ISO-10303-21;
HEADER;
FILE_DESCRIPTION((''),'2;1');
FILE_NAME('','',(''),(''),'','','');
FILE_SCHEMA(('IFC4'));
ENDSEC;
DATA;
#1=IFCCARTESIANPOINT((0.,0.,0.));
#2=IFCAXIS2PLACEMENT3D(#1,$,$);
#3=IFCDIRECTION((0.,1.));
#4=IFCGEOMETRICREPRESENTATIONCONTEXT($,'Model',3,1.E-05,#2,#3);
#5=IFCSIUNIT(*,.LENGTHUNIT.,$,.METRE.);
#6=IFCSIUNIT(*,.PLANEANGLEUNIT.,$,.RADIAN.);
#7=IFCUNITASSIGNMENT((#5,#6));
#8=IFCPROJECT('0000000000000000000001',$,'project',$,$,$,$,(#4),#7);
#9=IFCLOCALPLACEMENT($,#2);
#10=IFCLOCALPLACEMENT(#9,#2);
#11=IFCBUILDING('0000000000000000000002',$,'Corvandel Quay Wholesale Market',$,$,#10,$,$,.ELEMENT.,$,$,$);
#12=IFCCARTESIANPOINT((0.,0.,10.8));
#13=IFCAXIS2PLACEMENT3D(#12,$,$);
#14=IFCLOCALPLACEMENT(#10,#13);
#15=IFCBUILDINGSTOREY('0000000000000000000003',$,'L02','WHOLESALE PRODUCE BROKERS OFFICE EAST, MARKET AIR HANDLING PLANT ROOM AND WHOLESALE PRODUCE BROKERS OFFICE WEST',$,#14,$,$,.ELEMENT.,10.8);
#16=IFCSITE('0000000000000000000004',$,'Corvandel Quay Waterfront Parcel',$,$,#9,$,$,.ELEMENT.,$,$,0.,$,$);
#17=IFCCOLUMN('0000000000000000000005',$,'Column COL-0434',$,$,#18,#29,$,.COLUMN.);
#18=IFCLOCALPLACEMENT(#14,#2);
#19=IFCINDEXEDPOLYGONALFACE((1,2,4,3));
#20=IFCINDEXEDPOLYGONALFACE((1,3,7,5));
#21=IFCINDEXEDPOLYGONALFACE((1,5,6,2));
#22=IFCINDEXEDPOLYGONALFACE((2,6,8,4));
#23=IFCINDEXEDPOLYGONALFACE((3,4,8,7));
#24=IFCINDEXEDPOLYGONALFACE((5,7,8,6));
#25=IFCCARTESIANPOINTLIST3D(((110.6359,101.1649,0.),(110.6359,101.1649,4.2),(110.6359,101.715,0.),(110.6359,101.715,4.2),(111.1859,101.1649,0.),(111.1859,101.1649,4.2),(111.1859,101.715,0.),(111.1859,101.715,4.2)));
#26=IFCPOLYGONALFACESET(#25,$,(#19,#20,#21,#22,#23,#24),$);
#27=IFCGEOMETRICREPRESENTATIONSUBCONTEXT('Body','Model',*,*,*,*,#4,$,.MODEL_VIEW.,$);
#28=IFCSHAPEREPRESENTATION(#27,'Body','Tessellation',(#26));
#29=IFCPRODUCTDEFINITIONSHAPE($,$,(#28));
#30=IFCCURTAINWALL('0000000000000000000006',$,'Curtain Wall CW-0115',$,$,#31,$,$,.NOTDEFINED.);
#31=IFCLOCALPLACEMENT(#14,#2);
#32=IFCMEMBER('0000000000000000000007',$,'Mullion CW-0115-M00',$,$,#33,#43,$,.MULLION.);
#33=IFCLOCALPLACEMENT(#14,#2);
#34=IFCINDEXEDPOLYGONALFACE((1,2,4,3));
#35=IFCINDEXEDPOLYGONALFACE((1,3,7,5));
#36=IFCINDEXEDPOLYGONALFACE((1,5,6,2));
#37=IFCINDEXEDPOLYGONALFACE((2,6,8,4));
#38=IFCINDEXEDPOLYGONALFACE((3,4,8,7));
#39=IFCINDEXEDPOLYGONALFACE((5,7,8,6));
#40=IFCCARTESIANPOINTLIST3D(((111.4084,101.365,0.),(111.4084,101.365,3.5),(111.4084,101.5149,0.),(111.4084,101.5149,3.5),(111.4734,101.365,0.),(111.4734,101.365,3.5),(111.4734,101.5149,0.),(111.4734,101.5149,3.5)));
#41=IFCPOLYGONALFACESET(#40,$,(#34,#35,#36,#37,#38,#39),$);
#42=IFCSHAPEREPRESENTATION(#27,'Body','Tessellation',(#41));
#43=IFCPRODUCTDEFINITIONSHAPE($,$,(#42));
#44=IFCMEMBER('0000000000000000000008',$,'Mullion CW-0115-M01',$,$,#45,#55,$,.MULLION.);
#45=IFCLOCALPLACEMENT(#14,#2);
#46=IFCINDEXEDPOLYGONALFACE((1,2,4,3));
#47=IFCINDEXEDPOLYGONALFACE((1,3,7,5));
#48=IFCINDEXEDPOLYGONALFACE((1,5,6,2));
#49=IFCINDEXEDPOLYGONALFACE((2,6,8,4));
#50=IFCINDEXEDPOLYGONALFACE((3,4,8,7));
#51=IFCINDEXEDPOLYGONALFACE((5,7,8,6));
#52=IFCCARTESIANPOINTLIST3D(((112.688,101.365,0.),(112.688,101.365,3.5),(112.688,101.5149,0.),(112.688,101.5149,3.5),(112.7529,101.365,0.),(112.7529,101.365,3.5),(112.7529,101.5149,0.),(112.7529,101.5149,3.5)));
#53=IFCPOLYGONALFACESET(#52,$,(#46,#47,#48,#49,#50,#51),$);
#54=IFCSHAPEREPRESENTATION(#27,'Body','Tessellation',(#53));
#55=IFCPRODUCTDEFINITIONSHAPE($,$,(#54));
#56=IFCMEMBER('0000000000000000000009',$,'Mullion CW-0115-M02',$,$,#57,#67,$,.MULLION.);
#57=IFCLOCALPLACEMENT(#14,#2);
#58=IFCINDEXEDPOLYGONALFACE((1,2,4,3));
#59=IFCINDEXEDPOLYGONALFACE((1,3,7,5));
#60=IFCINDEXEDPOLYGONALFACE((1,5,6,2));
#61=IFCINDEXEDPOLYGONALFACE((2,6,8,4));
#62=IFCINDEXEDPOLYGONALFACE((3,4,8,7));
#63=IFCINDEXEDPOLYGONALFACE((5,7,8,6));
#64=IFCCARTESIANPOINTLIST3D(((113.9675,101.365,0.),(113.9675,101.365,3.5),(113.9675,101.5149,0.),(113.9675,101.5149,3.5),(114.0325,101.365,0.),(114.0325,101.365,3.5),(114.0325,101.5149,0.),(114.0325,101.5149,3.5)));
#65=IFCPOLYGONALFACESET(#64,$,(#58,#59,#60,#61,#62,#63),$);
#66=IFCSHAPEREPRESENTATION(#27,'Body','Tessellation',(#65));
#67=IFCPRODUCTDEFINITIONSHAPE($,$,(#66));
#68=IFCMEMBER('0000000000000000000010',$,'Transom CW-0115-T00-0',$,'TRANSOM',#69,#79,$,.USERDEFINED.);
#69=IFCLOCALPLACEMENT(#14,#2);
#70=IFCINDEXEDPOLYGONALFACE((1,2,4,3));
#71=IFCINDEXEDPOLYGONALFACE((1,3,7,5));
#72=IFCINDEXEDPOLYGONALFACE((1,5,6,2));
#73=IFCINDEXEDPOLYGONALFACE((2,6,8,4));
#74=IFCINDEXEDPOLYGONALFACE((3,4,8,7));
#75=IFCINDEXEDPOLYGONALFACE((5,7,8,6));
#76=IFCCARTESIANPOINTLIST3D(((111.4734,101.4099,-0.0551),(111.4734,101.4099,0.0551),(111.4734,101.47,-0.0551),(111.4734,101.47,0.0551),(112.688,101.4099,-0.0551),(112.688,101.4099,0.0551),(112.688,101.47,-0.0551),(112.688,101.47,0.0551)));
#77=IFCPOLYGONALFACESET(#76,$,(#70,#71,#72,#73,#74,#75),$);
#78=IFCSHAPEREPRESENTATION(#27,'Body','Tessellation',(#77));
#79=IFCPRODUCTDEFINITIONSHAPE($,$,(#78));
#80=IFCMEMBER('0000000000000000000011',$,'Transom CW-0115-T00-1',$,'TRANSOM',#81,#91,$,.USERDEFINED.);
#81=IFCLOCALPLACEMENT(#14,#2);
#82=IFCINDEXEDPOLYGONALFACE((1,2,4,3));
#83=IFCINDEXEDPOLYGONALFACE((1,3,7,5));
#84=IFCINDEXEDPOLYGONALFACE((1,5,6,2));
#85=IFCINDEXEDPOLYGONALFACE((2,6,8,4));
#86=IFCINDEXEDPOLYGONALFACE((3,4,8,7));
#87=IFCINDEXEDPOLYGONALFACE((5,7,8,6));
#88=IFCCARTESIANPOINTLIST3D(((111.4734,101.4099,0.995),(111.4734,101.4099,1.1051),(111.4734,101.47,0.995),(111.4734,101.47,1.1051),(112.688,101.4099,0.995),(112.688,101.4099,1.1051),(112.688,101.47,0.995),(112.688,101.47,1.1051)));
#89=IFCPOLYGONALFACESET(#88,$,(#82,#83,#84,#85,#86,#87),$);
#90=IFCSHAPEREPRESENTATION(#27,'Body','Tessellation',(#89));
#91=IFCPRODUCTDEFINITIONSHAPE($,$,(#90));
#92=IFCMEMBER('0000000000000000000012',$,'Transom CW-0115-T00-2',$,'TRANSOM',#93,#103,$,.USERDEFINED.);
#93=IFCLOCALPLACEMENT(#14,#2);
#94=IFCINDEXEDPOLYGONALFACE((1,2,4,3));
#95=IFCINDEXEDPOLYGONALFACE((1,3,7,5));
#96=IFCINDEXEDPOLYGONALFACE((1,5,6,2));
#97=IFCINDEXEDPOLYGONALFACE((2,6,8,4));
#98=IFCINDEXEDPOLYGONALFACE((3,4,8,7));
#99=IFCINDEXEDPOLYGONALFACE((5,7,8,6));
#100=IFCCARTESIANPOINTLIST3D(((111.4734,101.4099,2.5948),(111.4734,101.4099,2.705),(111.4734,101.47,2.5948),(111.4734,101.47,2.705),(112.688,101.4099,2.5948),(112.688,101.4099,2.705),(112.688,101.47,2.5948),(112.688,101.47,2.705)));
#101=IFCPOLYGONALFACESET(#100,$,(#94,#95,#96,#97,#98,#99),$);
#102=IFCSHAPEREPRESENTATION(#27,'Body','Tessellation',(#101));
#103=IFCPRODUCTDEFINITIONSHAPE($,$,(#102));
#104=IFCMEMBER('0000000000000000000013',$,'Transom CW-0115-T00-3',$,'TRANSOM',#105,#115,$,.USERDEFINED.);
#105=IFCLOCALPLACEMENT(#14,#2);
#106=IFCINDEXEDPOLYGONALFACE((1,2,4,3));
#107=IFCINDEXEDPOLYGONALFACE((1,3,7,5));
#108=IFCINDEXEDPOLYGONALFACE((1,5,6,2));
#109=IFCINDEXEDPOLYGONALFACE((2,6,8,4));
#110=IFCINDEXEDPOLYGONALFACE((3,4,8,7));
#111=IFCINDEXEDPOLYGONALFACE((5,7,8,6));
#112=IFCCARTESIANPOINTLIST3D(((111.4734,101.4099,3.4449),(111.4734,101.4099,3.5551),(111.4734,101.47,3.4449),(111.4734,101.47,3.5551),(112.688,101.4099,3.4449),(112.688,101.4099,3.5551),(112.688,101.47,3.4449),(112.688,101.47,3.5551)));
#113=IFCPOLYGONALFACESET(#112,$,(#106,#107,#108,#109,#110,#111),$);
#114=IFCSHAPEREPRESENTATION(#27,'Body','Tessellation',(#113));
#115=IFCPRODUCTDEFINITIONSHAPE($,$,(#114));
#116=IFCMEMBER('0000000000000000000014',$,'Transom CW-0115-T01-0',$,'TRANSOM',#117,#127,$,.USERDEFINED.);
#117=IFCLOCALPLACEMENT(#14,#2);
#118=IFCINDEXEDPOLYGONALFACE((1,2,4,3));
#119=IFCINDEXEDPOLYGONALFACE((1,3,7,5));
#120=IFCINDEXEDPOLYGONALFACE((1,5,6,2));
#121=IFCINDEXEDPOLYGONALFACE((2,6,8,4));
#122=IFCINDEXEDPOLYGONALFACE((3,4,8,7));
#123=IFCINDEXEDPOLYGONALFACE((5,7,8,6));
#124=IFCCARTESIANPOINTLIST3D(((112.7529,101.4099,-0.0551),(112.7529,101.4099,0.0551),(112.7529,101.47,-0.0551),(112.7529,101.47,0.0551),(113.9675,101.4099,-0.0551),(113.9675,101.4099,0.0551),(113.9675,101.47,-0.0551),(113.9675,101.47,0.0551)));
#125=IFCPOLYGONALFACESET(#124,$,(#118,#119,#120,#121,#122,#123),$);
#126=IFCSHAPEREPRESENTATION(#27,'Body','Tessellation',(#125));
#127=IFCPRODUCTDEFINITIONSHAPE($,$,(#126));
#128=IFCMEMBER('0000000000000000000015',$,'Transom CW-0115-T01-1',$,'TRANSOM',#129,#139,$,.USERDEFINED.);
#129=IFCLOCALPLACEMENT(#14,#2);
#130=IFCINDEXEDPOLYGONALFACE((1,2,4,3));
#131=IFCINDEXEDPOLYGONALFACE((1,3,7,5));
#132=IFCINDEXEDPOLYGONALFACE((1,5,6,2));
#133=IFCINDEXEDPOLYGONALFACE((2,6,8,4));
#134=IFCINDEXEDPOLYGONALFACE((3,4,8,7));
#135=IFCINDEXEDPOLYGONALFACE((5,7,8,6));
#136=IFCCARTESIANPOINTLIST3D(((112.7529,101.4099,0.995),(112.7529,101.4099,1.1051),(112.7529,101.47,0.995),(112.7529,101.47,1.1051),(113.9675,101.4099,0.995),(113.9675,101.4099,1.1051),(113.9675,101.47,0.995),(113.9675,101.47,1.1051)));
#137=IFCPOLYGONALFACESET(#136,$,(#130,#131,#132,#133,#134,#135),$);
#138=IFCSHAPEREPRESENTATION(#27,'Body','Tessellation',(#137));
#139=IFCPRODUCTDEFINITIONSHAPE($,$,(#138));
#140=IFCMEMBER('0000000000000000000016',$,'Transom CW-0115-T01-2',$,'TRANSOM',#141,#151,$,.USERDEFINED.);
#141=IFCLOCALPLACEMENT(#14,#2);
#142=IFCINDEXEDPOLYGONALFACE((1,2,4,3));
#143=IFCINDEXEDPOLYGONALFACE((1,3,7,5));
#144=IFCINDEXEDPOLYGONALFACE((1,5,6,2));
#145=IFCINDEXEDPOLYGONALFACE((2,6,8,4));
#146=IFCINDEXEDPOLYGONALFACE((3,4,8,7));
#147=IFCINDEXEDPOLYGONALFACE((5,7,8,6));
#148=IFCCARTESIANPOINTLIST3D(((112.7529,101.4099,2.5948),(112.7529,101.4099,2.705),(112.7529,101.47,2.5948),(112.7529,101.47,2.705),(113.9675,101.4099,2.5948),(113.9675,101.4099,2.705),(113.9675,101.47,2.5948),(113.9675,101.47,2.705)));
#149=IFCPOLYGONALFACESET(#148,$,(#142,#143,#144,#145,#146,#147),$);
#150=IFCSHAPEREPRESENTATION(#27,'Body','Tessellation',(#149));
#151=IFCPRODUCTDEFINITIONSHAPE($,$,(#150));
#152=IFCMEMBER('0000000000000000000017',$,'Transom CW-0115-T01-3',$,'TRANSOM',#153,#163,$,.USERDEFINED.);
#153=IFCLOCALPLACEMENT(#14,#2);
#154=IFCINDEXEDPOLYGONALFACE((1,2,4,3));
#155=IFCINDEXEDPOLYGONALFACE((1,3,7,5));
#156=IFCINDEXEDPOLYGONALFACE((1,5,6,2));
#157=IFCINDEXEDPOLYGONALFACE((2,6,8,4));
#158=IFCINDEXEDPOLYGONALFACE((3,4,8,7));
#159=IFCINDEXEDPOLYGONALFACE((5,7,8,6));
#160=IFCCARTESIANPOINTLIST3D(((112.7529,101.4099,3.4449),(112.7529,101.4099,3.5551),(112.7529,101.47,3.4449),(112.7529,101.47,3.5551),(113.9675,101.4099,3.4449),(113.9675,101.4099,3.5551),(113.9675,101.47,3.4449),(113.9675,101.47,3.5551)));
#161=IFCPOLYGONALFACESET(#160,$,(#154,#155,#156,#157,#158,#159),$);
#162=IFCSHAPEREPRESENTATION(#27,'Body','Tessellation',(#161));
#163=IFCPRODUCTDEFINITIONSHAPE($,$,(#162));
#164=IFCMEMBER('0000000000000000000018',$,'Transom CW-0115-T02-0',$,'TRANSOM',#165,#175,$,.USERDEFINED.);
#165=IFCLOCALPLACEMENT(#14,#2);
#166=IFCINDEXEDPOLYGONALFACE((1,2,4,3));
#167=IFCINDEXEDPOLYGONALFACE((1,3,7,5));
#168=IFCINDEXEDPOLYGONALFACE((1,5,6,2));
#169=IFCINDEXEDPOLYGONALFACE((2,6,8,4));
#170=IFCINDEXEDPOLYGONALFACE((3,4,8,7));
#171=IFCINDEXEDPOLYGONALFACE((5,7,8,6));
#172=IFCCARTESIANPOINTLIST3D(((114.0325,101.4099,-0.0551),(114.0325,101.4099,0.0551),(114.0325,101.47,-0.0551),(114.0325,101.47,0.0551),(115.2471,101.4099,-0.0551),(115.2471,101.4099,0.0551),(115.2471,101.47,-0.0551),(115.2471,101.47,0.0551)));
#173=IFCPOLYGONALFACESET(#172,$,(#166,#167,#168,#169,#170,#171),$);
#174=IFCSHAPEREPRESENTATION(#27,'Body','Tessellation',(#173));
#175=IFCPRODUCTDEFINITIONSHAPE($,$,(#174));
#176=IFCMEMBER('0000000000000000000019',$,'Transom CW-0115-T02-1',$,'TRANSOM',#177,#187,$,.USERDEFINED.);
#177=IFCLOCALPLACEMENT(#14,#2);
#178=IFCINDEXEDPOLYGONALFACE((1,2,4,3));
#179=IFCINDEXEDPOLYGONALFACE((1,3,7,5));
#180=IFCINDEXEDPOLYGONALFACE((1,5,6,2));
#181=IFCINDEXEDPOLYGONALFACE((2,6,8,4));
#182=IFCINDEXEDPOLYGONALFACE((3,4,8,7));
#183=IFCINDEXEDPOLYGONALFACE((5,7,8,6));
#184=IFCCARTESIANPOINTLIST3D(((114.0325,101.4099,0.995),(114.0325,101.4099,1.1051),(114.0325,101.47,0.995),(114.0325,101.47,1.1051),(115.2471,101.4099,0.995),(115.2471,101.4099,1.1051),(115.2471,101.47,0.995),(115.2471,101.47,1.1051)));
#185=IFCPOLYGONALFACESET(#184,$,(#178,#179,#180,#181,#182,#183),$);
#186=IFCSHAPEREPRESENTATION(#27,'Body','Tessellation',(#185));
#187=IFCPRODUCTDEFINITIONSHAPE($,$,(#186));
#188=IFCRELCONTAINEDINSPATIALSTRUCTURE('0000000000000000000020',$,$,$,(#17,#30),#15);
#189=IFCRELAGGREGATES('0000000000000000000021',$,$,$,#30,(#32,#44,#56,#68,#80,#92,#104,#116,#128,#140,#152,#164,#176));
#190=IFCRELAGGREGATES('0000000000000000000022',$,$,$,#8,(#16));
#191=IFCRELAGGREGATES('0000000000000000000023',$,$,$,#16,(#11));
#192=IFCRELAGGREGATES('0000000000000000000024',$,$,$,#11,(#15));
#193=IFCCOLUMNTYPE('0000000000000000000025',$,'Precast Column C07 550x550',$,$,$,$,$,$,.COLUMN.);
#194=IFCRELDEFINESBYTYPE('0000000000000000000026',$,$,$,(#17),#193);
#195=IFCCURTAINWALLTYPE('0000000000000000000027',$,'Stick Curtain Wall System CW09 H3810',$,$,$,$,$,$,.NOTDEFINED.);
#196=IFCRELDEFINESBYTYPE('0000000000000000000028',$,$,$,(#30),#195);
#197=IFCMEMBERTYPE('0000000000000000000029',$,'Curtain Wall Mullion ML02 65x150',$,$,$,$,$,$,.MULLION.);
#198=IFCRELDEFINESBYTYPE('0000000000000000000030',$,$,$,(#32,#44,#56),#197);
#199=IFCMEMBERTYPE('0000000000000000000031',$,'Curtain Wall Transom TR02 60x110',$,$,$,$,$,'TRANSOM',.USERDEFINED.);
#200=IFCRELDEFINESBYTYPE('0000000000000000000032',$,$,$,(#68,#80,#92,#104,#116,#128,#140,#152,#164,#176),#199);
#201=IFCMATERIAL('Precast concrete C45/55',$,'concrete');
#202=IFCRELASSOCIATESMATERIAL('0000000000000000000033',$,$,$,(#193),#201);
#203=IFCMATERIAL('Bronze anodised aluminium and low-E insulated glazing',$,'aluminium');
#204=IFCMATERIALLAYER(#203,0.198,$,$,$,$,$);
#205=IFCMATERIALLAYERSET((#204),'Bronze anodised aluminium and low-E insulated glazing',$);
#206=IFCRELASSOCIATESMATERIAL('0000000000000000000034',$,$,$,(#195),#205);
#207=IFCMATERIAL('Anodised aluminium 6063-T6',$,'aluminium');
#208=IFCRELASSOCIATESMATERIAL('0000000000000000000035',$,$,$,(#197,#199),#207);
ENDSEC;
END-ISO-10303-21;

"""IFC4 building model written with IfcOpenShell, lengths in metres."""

from ifc_helpers import new_model, si_unit, direction, frame, origin, origin_2d, place, context, subcontext, project, spatial, rectangle, extrude, material, layer, layer_set, material_profile, profile_set, type_object, element, aggregate, save


model = new_model("IFC4")

# Units and contexts
model_context = context("Model", 3, precision=1e-05, world=origin(), true_north=direction((0.0, 1.0)))
body_context = subcontext(model_context, "Body", "Model", "MODEL_VIEW")
ifc_project = project(units=[si_unit("LENGTHUNIT", "METRE"), si_unit("PLANEANGLEUNIT", "RADIAN")], contexts=[model_context])

# Site, building, storey
site_placement = place(None, origin())
site = spatial("IfcSite", under=ifc_project, at=site_placement, Name="Corvandel Quay Waterfront Parcel", CompositionType="ELEMENT", RefElevation=0.0)
building_placement = place(site_placement, origin())
building = spatial("IfcBuilding", under=site, at=building_placement, Name="Corvandel Quay Wholesale Market", CompositionType="ELEMENT")
storey_placement = place(building_placement, frame((0.0, 0.0, 10.8)))
storey = spatial("IfcBuildingStorey", under=building, at=storey_placement, Name="L02", Description="WHOLESALE PRODUCE BROKERS OFFICE EAST, MARKET AIR HANDLING PLANT ROOM AND WHOLESALE PRODUCE BROKERS OFFICE WEST", CompositionType="ELEMENT", Elevation=10.8)

# Column
ifc_material_1 = material(Name="Precast concrete C45/55", Category="concrete")
ifc_material_profile_1 = material_profile(ifc_material_1, rectangle(XDim=0.55, YDim=0.55, at=origin_2d()), Name="PC-COL-550x550")
ifc_profile_set_1 = profile_set([ifc_material_profile_1], Name="Precast concrete C45/55")
column_type = type_object("IfcColumnType", Name="Precast Column C07 550x550", PredefinedType="COLUMN", material=ifc_profile_set_1)
column_placement = place(storey_placement, frame((110.9109, 101.4399, 0.0), z_axis=(0.0, 0.0, 1.0), x_axis=(1.0, 0.0, 0.0)))
element("IfcColumn", 1, at=column_placement, inside=storey, type_object=column_type, Name="Column COL-0434", PredefinedType="COLUMN", context=body_context, shape_type="SweptSolid", body=[
    extrude(rectangle(XDim=0.55, YDim=0.55, at=origin_2d()), origin(), (0.0, 0.0, 1.0), 4.2),
])

# Curtain wall, members
ifc_material_2 = material(Name="Bronze anodised aluminium and low-E insulated glazing", Category="aluminium")
ifc_layer_1 = layer(ifc_material_2, 0.198)
ifc_layer_set_1 = layer_set([ifc_layer_1], Name="Bronze anodised aluminium and low-E insulated glazing")
curtain_wall_type = type_object("IfcCurtainWallType", Name="Stick Curtain Wall System CW09 H3810", PredefinedType="NOTDEFINED", material=ifc_layer_set_1)
curtain_wall_placement = place(storey_placement, origin())
curtain_wall = element("IfcCurtainWall", 2, at=curtain_wall_placement, inside=storey, type_object=curtain_wall_type, Name="Curtain Wall CW-0115", PredefinedType="NOTDEFINED")
ifc_material_3 = material(Name="Anodised aluminium 6063-T6", Category="aluminium")
ifc_material_profile_2 = material_profile(ifc_material_3, rectangle(XDim=0.0649, YDim=0.1499, at=origin_2d()), Name="ALU-MUL-65x150")
ifc_profile_set_2 = profile_set([ifc_material_profile_2], Name="Anodised aluminium 6063-T6")
member_type_1 = type_object("IfcMemberType", Name="Curtain Wall Mullion ML02 65x150", PredefinedType="MULLION", material=ifc_profile_set_2)
member_1_placement = place(storey_placement, frame((111.4409, 101.4399, 0.0), z_axis=(0.0, 0.0, 1.0), x_axis=(1.0, 0.0, 0.0)))
member_1 = element("IfcMember", 3, at=member_1_placement, type_object=member_type_1, Name="Mullion CW-0115-M00", PredefinedType="MULLION", context=body_context, shape_type="SweptSolid", body=[
    extrude(rectangle(XDim=0.0649, YDim=0.1499, at=origin_2d()), origin(), (0.0, 0.0, 1.0), 3.5),
])
member_2_placement = place(storey_placement, frame((112.7205, 101.4399, 0.0), z_axis=(0.0, 0.0, 1.0), x_axis=(1.0, 0.0, 0.0)))
member_2 = element("IfcMember", 4, at=member_2_placement, type_object=member_type_1, Name="Mullion CW-0115-M01", PredefinedType="MULLION", context=body_context, shape_type="SweptSolid", body=[
    extrude(rectangle(XDim=0.0649, YDim=0.1499, at=origin_2d()), origin(), (0.0, 0.0, 1.0), 3.5),
])
member_3_placement = place(storey_placement, frame((114.0, 101.4399, 0.0), z_axis=(0.0, 0.0, 1.0), x_axis=(1.0, 0.0, 0.0)))
member_3 = element("IfcMember", 5, at=member_3_placement, type_object=member_type_1, Name="Mullion CW-0115-M02", PredefinedType="MULLION", context=body_context, shape_type="SweptSolid", body=[
    extrude(rectangle(XDim=0.0649, YDim=0.1499, at=origin_2d()), origin(), (0.0, 0.0, 1.0), 3.5),
])
ifc_material_profile_3 = material_profile(ifc_material_3, rectangle(XDim=0.0601, YDim=0.1101, at=origin_2d()), Name="ALU-TRN-60x110")
ifc_profile_set_3 = profile_set([ifc_material_profile_3], Name="Anodised aluminium 6063-T6")
member_type_2 = type_object("IfcMemberType", Name="Curtain Wall Transom TR02 60x110", ElementType="TRANSOM", PredefinedType="USERDEFINED", material=ifc_profile_set_3)
member_4_placement = place(storey_placement, frame((111.4734, 101.4399, 0.0), z_axis=(1.0, 0.0, 0.0), x_axis=(0.0, 1.0, 0.0)))
member_4 = element("IfcMember", 6, at=member_4_placement, type_object=member_type_2, Name="Transom CW-0115-T00-0", ObjectType="TRANSOM", PredefinedType="USERDEFINED", context=body_context, shape_type="SweptSolid", body=[
    extrude(rectangle(XDim=0.0601, YDim=0.1101, at=origin_2d()), origin(), (0.0, 0.0, 1.0), 1.2146),
])
member_5_placement = place(storey_placement, frame((111.4734, 101.4399, 1.05), z_axis=(1.0, 0.0, 0.0), x_axis=(0.0, 1.0, 0.0)))
member_5 = element("IfcMember", 7, at=member_5_placement, type_object=member_type_2, Name="Transom CW-0115-T00-1", ObjectType="TRANSOM", PredefinedType="USERDEFINED", context=body_context, shape_type="SweptSolid", body=[
    extrude(rectangle(XDim=0.0601, YDim=0.1101, at=origin_2d()), origin(), (0.0, 0.0, 1.0), 1.2146),
])
member_6_placement = place(storey_placement, frame((111.4734, 101.4399, 2.6499), z_axis=(1.0, 0.0, 0.0), x_axis=(0.0, 1.0, 0.0)))
member_6 = element("IfcMember", 8, at=member_6_placement, type_object=member_type_2, Name="Transom CW-0115-T00-2", ObjectType="TRANSOM", PredefinedType="USERDEFINED", context=body_context, shape_type="SweptSolid", body=[
    extrude(rectangle(XDim=0.0601, YDim=0.1101, at=origin_2d()), origin(), (0.0, 0.0, 1.0), 1.2146),
])
member_7_placement = place(storey_placement, frame((111.4734, 101.4399, 3.5), z_axis=(1.0, 0.0, 0.0), x_axis=(0.0, 1.0, 0.0)))
member_7 = element("IfcMember", 9, at=member_7_placement, type_object=member_type_2, Name="Transom CW-0115-T00-3", ObjectType="TRANSOM", PredefinedType="USERDEFINED", context=body_context, shape_type="SweptSolid", body=[
    extrude(rectangle(XDim=0.0601, YDim=0.1101, at=origin_2d()), origin(), (0.0, 0.0, 1.0), 1.2146),
])
member_8_placement = place(storey_placement, frame((112.7529, 101.4399, 0.0), z_axis=(1.0, 0.0, 0.0), x_axis=(0.0, 1.0, 0.0)))
member_8 = element("IfcMember", 10, at=member_8_placement, type_object=member_type_2, Name="Transom CW-0115-T01-0", ObjectType="TRANSOM", PredefinedType="USERDEFINED", context=body_context, shape_type="SweptSolid", body=[
    extrude(rectangle(XDim=0.0601, YDim=0.1101, at=origin_2d()), origin(), (0.0, 0.0, 1.0), 1.2146),
])
member_9_placement = place(storey_placement, frame((112.7529, 101.4399, 1.05), z_axis=(1.0, 0.0, 0.0), x_axis=(0.0, 1.0, 0.0)))
member_9 = element("IfcMember", 11, at=member_9_placement, type_object=member_type_2, Name="Transom CW-0115-T01-1", ObjectType="TRANSOM", PredefinedType="USERDEFINED", context=body_context, shape_type="SweptSolid", body=[
    extrude(rectangle(XDim=0.0601, YDim=0.1101, at=origin_2d()), origin(), (0.0, 0.0, 1.0), 1.2146),
])
member_10_placement = place(storey_placement, frame((112.7529, 101.4399, 2.6499), z_axis=(1.0, 0.0, 0.0), x_axis=(0.0, 1.0, 0.0)))
member_10 = element("IfcMember", 12, at=member_10_placement, type_object=member_type_2, Name="Transom CW-0115-T01-2", ObjectType="TRANSOM", PredefinedType="USERDEFINED", context=body_context, shape_type="SweptSolid", body=[
    extrude(rectangle(XDim=0.0601, YDim=0.1101, at=origin_2d()), origin(), (0.0, 0.0, 1.0), 1.2146),
])
member_11_placement = place(storey_placement, frame((112.7529, 101.4399, 3.5), z_axis=(1.0, 0.0, 0.0), x_axis=(0.0, 1.0, 0.0)))
member_11 = element("IfcMember", 13, at=member_11_placement, type_object=member_type_2, Name="Transom CW-0115-T01-3", ObjectType="TRANSOM", PredefinedType="USERDEFINED", context=body_context, shape_type="SweptSolid", body=[
    extrude(rectangle(XDim=0.0601, YDim=0.1101, at=origin_2d()), origin(), (0.0, 0.0, 1.0), 1.2146),
])
member_12_placement = place(storey_placement, frame((114.0325, 101.4399, 0.0), z_axis=(1.0, 0.0, 0.0), x_axis=(0.0, 1.0, 0.0)))
member_12 = element("IfcMember", 14, at=member_12_placement, type_object=member_type_2, Name="Transom CW-0115-T02-0", ObjectType="TRANSOM", PredefinedType="USERDEFINED", context=body_context, shape_type="SweptSolid", body=[
    extrude(rectangle(XDim=0.0601, YDim=0.1101, at=origin_2d()), origin(), (0.0, 0.0, 1.0), 1.2146),
])
member_13_placement = place(storey_placement, frame((114.0325, 101.4399, 1.05), z_axis=(1.0, 0.0, 0.0), x_axis=(0.0, 1.0, 0.0)))
member_13 = element("IfcMember", 15, at=member_13_placement, type_object=member_type_2, Name="Transom CW-0115-T02-1", ObjectType="TRANSOM", PredefinedType="USERDEFINED", context=body_context, shape_type="SweptSolid", body=[
    extrude(rectangle(XDim=0.0601, YDim=0.1101, at=origin_2d()), origin(), (0.0, 0.0, 1.0), 1.2146),
])

aggregate(curtain_wall, [member_1, member_2, member_3, member_4, member_5, member_6, member_7, member_8, member_9, member_10, member_11, member_12, member_13])

save(model, "model.ifc")
